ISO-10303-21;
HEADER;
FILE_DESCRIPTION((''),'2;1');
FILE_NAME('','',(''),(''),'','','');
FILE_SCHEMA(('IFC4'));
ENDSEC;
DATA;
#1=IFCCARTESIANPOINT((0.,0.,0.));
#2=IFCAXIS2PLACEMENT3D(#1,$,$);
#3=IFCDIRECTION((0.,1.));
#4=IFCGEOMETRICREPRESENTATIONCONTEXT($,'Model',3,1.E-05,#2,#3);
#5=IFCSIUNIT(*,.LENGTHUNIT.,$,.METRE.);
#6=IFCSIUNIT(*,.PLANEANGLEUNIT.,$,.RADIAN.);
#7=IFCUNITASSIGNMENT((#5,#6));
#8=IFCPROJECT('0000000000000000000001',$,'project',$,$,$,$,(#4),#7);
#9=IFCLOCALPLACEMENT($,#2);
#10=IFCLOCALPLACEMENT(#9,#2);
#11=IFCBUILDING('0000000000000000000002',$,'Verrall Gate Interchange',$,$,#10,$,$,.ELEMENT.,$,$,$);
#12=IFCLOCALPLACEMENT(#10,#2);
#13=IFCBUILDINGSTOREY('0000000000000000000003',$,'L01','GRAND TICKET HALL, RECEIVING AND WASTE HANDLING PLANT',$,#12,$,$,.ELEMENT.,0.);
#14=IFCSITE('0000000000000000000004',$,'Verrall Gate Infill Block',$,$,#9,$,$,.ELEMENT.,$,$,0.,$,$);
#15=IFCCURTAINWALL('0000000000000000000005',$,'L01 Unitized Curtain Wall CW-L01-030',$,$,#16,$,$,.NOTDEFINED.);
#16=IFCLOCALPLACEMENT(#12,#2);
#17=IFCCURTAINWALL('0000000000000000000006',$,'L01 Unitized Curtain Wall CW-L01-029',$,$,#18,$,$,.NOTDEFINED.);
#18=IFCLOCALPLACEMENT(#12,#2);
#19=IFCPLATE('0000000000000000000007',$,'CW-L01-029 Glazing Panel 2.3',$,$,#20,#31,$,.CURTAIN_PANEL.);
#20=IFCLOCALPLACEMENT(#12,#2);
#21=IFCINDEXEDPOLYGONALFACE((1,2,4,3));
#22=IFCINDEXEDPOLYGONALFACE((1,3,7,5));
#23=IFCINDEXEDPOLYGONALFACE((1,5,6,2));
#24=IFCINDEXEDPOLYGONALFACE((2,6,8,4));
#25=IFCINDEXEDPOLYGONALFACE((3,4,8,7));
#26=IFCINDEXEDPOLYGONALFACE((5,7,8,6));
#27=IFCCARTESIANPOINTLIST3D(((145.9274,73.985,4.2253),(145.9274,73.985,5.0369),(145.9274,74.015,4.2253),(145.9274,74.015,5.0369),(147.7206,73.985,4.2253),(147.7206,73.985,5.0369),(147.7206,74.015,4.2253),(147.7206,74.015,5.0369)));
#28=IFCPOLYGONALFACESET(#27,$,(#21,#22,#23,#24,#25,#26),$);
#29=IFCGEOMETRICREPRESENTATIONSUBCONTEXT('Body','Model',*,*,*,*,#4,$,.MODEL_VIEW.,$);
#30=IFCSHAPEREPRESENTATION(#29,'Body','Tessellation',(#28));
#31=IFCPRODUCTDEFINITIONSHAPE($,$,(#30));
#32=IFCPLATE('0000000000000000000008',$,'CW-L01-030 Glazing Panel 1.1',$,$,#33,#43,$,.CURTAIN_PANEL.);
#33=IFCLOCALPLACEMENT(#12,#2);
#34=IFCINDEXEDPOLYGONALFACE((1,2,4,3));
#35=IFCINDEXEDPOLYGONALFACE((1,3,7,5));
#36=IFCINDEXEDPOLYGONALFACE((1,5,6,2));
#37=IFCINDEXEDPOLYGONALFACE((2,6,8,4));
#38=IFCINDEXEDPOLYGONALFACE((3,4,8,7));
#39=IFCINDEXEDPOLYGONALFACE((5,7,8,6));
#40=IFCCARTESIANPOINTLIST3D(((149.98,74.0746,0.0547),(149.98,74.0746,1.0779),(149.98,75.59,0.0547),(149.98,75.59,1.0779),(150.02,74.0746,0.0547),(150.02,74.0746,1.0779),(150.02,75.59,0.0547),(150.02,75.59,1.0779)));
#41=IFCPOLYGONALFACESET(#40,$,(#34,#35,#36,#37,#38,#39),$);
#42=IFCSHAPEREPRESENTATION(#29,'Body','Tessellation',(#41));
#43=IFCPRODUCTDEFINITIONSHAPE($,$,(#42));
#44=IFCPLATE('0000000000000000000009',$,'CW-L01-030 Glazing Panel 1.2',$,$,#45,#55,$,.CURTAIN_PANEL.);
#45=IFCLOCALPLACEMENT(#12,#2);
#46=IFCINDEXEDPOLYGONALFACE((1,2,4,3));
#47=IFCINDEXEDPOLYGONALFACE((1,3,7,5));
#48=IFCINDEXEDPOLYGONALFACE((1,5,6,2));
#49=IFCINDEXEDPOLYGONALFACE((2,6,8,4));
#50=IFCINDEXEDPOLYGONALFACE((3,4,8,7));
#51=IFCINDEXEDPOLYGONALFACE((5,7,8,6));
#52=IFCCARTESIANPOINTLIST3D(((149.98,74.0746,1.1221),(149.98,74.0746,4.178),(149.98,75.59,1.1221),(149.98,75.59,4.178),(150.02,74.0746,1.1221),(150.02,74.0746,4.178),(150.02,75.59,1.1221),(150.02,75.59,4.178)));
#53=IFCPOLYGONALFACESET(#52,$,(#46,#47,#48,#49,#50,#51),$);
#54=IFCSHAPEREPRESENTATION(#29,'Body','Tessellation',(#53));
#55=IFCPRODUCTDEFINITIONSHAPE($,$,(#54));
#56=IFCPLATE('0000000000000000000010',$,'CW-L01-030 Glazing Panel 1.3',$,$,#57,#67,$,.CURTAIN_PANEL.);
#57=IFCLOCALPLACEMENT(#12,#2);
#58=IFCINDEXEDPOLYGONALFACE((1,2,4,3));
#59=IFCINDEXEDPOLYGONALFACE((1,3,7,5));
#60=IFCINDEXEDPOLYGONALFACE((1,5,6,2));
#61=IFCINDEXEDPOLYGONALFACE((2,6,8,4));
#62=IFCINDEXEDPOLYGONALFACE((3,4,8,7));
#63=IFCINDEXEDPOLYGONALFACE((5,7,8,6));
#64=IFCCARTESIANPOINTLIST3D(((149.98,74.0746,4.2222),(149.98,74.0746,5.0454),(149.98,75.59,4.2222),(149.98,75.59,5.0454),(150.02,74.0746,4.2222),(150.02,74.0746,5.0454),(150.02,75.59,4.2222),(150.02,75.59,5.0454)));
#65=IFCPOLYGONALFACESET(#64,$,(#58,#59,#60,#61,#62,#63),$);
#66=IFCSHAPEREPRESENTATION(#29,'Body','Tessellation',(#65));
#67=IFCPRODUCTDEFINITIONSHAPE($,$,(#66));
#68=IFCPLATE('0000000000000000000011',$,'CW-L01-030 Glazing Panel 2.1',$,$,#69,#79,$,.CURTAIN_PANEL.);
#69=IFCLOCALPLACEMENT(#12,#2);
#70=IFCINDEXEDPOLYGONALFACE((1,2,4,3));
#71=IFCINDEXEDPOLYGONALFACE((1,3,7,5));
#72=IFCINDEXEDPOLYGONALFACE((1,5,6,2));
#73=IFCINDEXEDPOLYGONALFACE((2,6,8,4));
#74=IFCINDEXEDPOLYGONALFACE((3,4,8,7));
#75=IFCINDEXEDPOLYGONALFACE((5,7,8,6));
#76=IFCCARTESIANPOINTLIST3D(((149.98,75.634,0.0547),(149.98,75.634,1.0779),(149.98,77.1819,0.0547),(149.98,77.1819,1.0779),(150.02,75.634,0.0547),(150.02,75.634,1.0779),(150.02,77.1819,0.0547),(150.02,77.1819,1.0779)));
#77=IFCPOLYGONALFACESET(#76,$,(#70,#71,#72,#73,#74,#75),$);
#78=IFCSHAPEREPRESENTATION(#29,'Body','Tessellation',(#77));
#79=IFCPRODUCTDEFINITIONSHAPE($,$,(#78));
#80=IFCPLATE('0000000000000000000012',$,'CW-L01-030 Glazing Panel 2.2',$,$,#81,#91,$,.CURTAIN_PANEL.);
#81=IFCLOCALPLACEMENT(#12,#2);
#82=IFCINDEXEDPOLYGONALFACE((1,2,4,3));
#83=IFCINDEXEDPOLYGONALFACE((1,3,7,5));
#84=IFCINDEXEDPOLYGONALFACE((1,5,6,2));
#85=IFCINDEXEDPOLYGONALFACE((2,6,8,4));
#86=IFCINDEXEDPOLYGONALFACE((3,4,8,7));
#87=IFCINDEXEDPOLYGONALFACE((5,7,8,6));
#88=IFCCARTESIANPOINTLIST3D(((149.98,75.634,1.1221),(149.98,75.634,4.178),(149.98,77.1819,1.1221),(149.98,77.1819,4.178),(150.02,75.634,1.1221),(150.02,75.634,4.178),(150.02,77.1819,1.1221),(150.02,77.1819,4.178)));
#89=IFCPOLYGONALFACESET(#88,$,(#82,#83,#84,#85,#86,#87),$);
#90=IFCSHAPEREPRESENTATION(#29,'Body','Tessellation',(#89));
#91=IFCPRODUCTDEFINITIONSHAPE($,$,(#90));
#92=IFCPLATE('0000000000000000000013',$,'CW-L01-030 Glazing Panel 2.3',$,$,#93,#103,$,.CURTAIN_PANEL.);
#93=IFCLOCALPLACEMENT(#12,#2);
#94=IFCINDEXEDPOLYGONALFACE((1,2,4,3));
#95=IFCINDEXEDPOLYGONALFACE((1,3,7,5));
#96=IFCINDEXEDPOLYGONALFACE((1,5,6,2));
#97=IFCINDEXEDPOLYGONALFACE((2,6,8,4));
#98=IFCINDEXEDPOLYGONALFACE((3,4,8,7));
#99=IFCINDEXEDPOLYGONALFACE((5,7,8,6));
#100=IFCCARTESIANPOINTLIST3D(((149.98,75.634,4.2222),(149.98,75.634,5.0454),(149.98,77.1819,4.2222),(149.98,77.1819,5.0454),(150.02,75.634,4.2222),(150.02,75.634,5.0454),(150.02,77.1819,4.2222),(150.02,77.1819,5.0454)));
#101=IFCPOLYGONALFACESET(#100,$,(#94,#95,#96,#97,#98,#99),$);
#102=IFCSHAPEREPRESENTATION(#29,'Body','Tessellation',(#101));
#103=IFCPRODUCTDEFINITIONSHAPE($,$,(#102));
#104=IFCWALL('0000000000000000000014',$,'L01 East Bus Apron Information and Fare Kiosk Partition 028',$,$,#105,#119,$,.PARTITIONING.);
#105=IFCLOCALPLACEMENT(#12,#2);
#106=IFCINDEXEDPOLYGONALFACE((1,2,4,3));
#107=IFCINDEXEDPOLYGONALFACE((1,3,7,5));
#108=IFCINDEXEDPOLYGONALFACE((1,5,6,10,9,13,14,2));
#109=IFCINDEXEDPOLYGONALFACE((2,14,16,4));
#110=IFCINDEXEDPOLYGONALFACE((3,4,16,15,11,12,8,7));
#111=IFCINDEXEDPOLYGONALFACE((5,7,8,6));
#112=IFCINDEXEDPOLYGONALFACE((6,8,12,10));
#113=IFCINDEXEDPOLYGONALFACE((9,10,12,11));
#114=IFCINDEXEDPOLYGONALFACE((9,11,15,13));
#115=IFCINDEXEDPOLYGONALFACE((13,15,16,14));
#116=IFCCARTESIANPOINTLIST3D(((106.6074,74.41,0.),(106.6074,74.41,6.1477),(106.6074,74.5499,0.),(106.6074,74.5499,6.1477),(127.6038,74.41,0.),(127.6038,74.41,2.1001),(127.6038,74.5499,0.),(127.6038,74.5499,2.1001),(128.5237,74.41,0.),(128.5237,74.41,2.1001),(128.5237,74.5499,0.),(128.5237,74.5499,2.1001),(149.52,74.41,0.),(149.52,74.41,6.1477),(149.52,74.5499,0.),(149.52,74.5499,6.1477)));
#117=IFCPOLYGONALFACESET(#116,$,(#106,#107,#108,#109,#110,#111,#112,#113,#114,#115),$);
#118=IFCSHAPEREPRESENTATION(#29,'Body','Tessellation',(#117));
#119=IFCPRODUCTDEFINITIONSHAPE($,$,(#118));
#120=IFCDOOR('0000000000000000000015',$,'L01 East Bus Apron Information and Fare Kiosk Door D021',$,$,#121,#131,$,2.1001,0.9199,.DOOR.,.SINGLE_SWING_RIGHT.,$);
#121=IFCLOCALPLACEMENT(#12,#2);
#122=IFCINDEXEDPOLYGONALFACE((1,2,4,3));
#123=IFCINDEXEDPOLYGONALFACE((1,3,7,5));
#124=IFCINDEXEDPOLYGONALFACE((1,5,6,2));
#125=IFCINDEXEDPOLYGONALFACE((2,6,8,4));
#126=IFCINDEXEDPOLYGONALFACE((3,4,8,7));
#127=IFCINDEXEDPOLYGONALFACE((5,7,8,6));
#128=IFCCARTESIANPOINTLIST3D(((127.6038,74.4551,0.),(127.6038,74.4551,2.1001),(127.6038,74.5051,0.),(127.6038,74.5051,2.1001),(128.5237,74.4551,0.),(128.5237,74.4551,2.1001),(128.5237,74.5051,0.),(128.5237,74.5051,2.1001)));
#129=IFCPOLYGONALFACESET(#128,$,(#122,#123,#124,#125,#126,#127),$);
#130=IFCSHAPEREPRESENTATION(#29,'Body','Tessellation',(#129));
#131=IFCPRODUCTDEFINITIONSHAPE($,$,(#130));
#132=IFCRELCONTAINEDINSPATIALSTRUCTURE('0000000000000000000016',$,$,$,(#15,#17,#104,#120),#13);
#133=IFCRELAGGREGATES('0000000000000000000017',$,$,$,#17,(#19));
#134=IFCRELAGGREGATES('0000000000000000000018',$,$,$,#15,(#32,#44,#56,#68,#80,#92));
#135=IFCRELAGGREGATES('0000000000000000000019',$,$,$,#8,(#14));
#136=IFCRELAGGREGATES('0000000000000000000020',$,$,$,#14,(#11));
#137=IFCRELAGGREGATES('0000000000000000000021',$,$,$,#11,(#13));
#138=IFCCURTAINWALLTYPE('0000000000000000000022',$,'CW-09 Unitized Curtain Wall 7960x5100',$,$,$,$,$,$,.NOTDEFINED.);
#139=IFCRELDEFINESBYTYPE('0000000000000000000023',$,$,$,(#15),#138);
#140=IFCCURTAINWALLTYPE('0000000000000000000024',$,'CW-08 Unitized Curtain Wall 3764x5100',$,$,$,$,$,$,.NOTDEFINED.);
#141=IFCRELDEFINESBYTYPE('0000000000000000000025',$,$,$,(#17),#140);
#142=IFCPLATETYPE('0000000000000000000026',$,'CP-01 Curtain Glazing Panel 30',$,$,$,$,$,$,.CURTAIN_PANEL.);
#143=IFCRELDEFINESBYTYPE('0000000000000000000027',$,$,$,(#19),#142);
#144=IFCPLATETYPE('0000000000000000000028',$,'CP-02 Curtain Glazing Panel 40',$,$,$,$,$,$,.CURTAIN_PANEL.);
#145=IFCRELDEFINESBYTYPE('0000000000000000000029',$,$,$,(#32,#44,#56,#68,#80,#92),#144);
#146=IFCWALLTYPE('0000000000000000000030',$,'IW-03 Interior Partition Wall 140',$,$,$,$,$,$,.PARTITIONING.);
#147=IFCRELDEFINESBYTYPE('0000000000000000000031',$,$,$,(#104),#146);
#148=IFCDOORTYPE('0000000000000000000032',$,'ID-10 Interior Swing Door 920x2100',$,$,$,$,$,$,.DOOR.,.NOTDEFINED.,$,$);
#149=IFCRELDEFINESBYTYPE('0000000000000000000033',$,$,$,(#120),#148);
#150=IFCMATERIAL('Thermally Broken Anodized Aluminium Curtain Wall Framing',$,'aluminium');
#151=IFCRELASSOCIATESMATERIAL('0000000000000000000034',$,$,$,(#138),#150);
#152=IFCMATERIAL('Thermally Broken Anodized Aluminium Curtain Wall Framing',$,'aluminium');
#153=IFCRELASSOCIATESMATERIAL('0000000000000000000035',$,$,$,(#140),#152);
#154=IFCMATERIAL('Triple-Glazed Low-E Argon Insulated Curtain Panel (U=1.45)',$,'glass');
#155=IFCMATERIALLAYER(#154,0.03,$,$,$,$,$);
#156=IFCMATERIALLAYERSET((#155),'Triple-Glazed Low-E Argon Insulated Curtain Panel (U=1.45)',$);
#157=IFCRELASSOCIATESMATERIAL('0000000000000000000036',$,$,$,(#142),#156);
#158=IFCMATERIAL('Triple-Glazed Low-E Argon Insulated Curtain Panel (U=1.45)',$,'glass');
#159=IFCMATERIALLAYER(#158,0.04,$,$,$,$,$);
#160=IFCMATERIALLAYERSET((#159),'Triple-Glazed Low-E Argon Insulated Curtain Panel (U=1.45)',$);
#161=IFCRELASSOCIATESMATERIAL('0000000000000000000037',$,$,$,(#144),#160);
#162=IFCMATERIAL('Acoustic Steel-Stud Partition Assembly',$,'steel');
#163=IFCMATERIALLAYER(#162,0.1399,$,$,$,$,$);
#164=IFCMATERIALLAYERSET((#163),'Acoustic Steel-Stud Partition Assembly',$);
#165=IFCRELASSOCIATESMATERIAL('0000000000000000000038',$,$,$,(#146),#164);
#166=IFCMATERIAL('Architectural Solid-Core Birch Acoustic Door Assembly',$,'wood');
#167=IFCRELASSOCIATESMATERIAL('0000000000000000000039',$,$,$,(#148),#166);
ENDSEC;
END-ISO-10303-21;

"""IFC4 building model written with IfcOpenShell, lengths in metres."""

from ifc_helpers import new_model, si_unit, direction, frame, frame_2d, origin, origin_2d, place, context, subcontext, project, spatial, rectangle, extrude, material, layer, layer_set, type_object, element, fill, aggregate, save


model = new_model("IFC4")

# Units and contexts
model_context = context("Model", 3, precision=1e-05, world=origin(), true_north=direction((0.0, 1.0)))
body_context = subcontext(model_context, "Body", "Model", "MODEL_VIEW")
ifc_project = project(units=[si_unit("LENGTHUNIT", "METRE"), si_unit("PLANEANGLEUNIT", "RADIAN")], contexts=[model_context])

# Site, building, storey
site_placement = place(None, origin())
site = spatial("IfcSite", under=ifc_project, at=site_placement, Name="Verrall Gate Infill Block", CompositionType="ELEMENT", RefElevation=0.0)
building_placement = place(site_placement, origin())
building = spatial("IfcBuilding", under=site, at=building_placement, Name="Verrall Gate Interchange", CompositionType="ELEMENT")
storey_placement = place(building_placement, origin())
storey = spatial("IfcBuildingStorey", under=building, at=storey_placement, Name="L01", Description="GRAND TICKET HALL, RECEIVING AND WASTE HANDLING PLANT", CompositionType="ELEMENT", Elevation=0.0)

# Curtain walls
ifc_material_1 = material(Name="Thermally Broken Anodized Aluminium Curtain Wall Framing", Category="aluminium")
curtain_wall_type_1 = type_object("IfcCurtainWallType", Name="CW-09 Unitized Curtain Wall 7960x5100", PredefinedType="NOTDEFINED", material=ifc_material_1)
curtain_wall_1_placement = place(storey_placement, origin())
curtain_wall_1 = element("IfcCurtainWall", 1, at=curtain_wall_1_placement, inside=storey, type_object=curtain_wall_type_1, Name="L01 Unitized Curtain Wall CW-L01-030", PredefinedType="NOTDEFINED")
ifc_material_2 = material(Name="Thermally Broken Anodized Aluminium Curtain Wall Framing", Category="aluminium")
curtain_wall_type_2 = type_object("IfcCurtainWallType", Name="CW-08 Unitized Curtain Wall 3764x5100", PredefinedType="NOTDEFINED", material=ifc_material_2)
curtain_wall_2_placement = place(storey_placement, origin())
curtain_wall_2 = element("IfcCurtainWall", 2, at=curtain_wall_2_placement, inside=storey, type_object=curtain_wall_type_2, Name="L01 Unitized Curtain Wall CW-L01-029", PredefinedType="NOTDEFINED")

# Plates
ifc_material_3 = material(Name="Triple-Glazed Low-E Argon Insulated Curtain Panel (U=1.45)", Category="glass")
ifc_layer_1 = layer(ifc_material_3, 0.03)
ifc_layer_set_1 = layer_set([ifc_layer_1], Name="Triple-Glazed Low-E Argon Insulated Curtain Panel (U=1.45)")
plate_type_1 = type_object("IfcPlateType", Name="CP-01 Curtain Glazing Panel 30", PredefinedType="CURTAIN_PANEL", material=ifc_layer_set_1)
plate_1_placement = place(storey_placement, frame((146.824, 74.0, 4.2253), z_axis=(0.0, 0.0, 1.0), x_axis=(1.0, 0.0, 0.0)))
plate_1 = element("IfcPlate", 3, at=plate_1_placement, type_object=plate_type_1, Name="CW-L01-029 Glazing Panel 2.3", PredefinedType="CURTAIN_PANEL", context=body_context, shape_type="SweptSolid", body=[
    extrude(rectangle(XDim=1.7932, YDim=0.03, at=origin_2d()), origin(), (0.0, 0.0, 1.0), 0.8115),
])
aggregate(curtain_wall_2, [plate_1])
ifc_material_4 = material(Name="Triple-Glazed Low-E Argon Insulated Curtain Panel (U=1.45)", Category="glass")
ifc_layer_2 = layer(ifc_material_4, 0.04)
ifc_layer_set_2 = layer_set([ifc_layer_2], Name="Triple-Glazed Low-E Argon Insulated Curtain Panel (U=1.45)")
plate_type_2 = type_object("IfcPlateType", Name="CP-02 Curtain Glazing Panel 40", PredefinedType="CURTAIN_PANEL", material=ifc_layer_set_2)
plate_2_placement = place(storey_placement, frame((150.0, 74.8323, 0.0547), z_axis=(0.0, 0.0, 1.0), x_axis=(0.0, 1.0, 0.0)))
plate_2 = element("IfcPlate", 4, at=plate_2_placement, type_object=plate_type_2, Name="CW-L01-030 Glazing Panel 1.1", PredefinedType="CURTAIN_PANEL", context=body_context, shape_type="SweptSolid", body=[
    extrude(rectangle(XDim=1.5154, YDim=0.04, at=origin_2d()), origin(), (0.0, 0.0, 1.0), 1.0232),
])
plate_3_placement = place(storey_placement, frame((150.0, 74.8323, 1.1221), z_axis=(0.0, 0.0, 1.0), x_axis=(0.0, 1.0, 0.0)))
plate_3 = element("IfcPlate", 5, at=plate_3_placement, type_object=plate_type_2, Name="CW-L01-030 Glazing Panel 1.2", PredefinedType="CURTAIN_PANEL", context=body_context, shape_type="SweptSolid", body=[
    extrude(rectangle(XDim=1.5154, YDim=0.04, at=origin_2d()), origin(), (0.0, 0.0, 1.0), 3.0559),
])
plate_4_placement = place(storey_placement, frame((150.0, 74.8323, 4.2222), z_axis=(0.0, 0.0, 1.0), x_axis=(0.0, 1.0, 0.0)))
plate_4 = element("IfcPlate", 6, at=plate_4_placement, type_object=plate_type_2, Name="CW-L01-030 Glazing Panel 1.3", PredefinedType="CURTAIN_PANEL", context=body_context, shape_type="SweptSolid", body=[
    extrude(rectangle(XDim=1.5154, YDim=0.04, at=origin_2d()), origin(), (0.0, 0.0, 1.0), 0.8232),
])
plate_5_placement = place(storey_placement, frame((150.0, 76.408, 0.0547), z_axis=(0.0, 0.0, 1.0), x_axis=(0.0, 1.0, 0.0)))
plate_5 = element("IfcPlate", 7, at=plate_5_placement, type_object=plate_type_2, Name="CW-L01-030 Glazing Panel 2.1", PredefinedType="CURTAIN_PANEL", context=body_context, shape_type="SweptSolid", body=[
    extrude(rectangle(XDim=1.5479, YDim=0.04, at=origin_2d()), origin(), (0.0, 0.0, 1.0), 1.0232),
])
plate_6_placement = place(storey_placement, frame((150.0, 76.408, 1.1221), z_axis=(0.0, 0.0, 1.0), x_axis=(0.0, 1.0, 0.0)))
plate_6 = element("IfcPlate", 8, at=plate_6_placement, type_object=plate_type_2, Name="CW-L01-030 Glazing Panel 2.2", PredefinedType="CURTAIN_PANEL", context=body_context, shape_type="SweptSolid", body=[
    extrude(rectangle(XDim=1.5479, YDim=0.04, at=origin_2d()), origin(), (0.0, 0.0, 1.0), 3.0559),
])
plate_7_placement = place(storey_placement, frame((150.0, 76.408, 4.2222), z_axis=(0.0, 0.0, 1.0), x_axis=(0.0, 1.0, 0.0)))
plate_7 = element("IfcPlate", 9, at=plate_7_placement, type_object=plate_type_2, Name="CW-L01-030 Glazing Panel 2.3", PredefinedType="CURTAIN_PANEL", context=body_context, shape_type="SweptSolid", body=[
    extrude(rectangle(XDim=1.5479, YDim=0.04, at=origin_2d()), origin(), (0.0, 0.0, 1.0), 0.8232),
])
aggregate(curtain_wall_1, [plate_2, plate_3, plate_4, plate_5, plate_6, plate_7])

# Wall, opening, door
ifc_material_5 = material(Name="Acoustic Steel-Stud Partition Assembly", Category="steel")
ifc_layer_3 = layer(ifc_material_5, 0.1399)
ifc_layer_set_3 = layer_set([ifc_layer_3], Name="Acoustic Steel-Stud Partition Assembly")
wall_type = type_object("IfcWallType", Name="IW-03 Interior Partition Wall 140", PredefinedType="PARTITIONING", material=ifc_layer_set_3)
wall_placement = place(storey_placement, frame((149.52, 74.48, 0.0), z_axis=(0.0, 0.0, 1.0), x_axis=(-1.0, 0.0, 0.0)))
wall = element("IfcWall", 10, at=wall_placement, inside=storey, type_object=wall_type, Name="L01 East Bus Apron Information and Fare Kiosk Partition 028", PredefinedType="PARTITIONING", context=body_context, shape_type="SweptSolid", body=[
    extrude(rectangle(XDim=42.9126, YDim=0.1399, at=frame_2d((21.4563, 0.0))), origin(), (0.0, 0.0, 1.0), 6.1477),
])
opening_placement = place(wall_placement, frame((20.9963, 0.0, 0.0)))
opening = element("IfcOpeningElement", 11, at=opening_placement, cuts=wall, PredefinedType="OPENING", context=body_context, shape_type="SweptSolid", body=[
    extrude(rectangle(XDim=0.9199, YDim=2.1001, at=frame_2d((0.46, 1.05))), frame((0.0, 0.085, 0.0), z_axis=(0.0, -1.0, 0.0), x_axis=(1.0, 0.0, 0.0)), (0.0, 0.0, 1.0), 0.1697),
])
ifc_material_6 = material(Name="Architectural Solid-Core Birch Acoustic Door Assembly", Category="wood")
door_type = type_object("IfcDoorType", Name="ID-10 Interior Swing Door 920x2100", OperationType="NOTDEFINED", PredefinedType="DOOR", material=ifc_material_6)
door_placement = place(opening_placement, origin())
door = element("IfcDoor", 12, at=door_placement, inside=storey, type_object=door_type, Name="L01 East Bus Apron Information and Fare Kiosk Door D021", OperationType="SINGLE_SWING_RIGHT", OverallHeight=2.1001, OverallWidth=0.9199, PredefinedType="DOOR", context=body_context, shape_type="SweptSolid", body=[
    extrude(rectangle(XDim=0.9199, YDim=2.1001, at=frame_2d((0.46, 1.05))), frame((0.0, 0.0249, 0.0), z_axis=(0.0, -1.0, 0.0), x_axis=(1.0, 0.0, 0.0)), (0.0, 0.0, 1.0), 0.05),
])
fill(opening, door)

save(model, "model.ifc")
